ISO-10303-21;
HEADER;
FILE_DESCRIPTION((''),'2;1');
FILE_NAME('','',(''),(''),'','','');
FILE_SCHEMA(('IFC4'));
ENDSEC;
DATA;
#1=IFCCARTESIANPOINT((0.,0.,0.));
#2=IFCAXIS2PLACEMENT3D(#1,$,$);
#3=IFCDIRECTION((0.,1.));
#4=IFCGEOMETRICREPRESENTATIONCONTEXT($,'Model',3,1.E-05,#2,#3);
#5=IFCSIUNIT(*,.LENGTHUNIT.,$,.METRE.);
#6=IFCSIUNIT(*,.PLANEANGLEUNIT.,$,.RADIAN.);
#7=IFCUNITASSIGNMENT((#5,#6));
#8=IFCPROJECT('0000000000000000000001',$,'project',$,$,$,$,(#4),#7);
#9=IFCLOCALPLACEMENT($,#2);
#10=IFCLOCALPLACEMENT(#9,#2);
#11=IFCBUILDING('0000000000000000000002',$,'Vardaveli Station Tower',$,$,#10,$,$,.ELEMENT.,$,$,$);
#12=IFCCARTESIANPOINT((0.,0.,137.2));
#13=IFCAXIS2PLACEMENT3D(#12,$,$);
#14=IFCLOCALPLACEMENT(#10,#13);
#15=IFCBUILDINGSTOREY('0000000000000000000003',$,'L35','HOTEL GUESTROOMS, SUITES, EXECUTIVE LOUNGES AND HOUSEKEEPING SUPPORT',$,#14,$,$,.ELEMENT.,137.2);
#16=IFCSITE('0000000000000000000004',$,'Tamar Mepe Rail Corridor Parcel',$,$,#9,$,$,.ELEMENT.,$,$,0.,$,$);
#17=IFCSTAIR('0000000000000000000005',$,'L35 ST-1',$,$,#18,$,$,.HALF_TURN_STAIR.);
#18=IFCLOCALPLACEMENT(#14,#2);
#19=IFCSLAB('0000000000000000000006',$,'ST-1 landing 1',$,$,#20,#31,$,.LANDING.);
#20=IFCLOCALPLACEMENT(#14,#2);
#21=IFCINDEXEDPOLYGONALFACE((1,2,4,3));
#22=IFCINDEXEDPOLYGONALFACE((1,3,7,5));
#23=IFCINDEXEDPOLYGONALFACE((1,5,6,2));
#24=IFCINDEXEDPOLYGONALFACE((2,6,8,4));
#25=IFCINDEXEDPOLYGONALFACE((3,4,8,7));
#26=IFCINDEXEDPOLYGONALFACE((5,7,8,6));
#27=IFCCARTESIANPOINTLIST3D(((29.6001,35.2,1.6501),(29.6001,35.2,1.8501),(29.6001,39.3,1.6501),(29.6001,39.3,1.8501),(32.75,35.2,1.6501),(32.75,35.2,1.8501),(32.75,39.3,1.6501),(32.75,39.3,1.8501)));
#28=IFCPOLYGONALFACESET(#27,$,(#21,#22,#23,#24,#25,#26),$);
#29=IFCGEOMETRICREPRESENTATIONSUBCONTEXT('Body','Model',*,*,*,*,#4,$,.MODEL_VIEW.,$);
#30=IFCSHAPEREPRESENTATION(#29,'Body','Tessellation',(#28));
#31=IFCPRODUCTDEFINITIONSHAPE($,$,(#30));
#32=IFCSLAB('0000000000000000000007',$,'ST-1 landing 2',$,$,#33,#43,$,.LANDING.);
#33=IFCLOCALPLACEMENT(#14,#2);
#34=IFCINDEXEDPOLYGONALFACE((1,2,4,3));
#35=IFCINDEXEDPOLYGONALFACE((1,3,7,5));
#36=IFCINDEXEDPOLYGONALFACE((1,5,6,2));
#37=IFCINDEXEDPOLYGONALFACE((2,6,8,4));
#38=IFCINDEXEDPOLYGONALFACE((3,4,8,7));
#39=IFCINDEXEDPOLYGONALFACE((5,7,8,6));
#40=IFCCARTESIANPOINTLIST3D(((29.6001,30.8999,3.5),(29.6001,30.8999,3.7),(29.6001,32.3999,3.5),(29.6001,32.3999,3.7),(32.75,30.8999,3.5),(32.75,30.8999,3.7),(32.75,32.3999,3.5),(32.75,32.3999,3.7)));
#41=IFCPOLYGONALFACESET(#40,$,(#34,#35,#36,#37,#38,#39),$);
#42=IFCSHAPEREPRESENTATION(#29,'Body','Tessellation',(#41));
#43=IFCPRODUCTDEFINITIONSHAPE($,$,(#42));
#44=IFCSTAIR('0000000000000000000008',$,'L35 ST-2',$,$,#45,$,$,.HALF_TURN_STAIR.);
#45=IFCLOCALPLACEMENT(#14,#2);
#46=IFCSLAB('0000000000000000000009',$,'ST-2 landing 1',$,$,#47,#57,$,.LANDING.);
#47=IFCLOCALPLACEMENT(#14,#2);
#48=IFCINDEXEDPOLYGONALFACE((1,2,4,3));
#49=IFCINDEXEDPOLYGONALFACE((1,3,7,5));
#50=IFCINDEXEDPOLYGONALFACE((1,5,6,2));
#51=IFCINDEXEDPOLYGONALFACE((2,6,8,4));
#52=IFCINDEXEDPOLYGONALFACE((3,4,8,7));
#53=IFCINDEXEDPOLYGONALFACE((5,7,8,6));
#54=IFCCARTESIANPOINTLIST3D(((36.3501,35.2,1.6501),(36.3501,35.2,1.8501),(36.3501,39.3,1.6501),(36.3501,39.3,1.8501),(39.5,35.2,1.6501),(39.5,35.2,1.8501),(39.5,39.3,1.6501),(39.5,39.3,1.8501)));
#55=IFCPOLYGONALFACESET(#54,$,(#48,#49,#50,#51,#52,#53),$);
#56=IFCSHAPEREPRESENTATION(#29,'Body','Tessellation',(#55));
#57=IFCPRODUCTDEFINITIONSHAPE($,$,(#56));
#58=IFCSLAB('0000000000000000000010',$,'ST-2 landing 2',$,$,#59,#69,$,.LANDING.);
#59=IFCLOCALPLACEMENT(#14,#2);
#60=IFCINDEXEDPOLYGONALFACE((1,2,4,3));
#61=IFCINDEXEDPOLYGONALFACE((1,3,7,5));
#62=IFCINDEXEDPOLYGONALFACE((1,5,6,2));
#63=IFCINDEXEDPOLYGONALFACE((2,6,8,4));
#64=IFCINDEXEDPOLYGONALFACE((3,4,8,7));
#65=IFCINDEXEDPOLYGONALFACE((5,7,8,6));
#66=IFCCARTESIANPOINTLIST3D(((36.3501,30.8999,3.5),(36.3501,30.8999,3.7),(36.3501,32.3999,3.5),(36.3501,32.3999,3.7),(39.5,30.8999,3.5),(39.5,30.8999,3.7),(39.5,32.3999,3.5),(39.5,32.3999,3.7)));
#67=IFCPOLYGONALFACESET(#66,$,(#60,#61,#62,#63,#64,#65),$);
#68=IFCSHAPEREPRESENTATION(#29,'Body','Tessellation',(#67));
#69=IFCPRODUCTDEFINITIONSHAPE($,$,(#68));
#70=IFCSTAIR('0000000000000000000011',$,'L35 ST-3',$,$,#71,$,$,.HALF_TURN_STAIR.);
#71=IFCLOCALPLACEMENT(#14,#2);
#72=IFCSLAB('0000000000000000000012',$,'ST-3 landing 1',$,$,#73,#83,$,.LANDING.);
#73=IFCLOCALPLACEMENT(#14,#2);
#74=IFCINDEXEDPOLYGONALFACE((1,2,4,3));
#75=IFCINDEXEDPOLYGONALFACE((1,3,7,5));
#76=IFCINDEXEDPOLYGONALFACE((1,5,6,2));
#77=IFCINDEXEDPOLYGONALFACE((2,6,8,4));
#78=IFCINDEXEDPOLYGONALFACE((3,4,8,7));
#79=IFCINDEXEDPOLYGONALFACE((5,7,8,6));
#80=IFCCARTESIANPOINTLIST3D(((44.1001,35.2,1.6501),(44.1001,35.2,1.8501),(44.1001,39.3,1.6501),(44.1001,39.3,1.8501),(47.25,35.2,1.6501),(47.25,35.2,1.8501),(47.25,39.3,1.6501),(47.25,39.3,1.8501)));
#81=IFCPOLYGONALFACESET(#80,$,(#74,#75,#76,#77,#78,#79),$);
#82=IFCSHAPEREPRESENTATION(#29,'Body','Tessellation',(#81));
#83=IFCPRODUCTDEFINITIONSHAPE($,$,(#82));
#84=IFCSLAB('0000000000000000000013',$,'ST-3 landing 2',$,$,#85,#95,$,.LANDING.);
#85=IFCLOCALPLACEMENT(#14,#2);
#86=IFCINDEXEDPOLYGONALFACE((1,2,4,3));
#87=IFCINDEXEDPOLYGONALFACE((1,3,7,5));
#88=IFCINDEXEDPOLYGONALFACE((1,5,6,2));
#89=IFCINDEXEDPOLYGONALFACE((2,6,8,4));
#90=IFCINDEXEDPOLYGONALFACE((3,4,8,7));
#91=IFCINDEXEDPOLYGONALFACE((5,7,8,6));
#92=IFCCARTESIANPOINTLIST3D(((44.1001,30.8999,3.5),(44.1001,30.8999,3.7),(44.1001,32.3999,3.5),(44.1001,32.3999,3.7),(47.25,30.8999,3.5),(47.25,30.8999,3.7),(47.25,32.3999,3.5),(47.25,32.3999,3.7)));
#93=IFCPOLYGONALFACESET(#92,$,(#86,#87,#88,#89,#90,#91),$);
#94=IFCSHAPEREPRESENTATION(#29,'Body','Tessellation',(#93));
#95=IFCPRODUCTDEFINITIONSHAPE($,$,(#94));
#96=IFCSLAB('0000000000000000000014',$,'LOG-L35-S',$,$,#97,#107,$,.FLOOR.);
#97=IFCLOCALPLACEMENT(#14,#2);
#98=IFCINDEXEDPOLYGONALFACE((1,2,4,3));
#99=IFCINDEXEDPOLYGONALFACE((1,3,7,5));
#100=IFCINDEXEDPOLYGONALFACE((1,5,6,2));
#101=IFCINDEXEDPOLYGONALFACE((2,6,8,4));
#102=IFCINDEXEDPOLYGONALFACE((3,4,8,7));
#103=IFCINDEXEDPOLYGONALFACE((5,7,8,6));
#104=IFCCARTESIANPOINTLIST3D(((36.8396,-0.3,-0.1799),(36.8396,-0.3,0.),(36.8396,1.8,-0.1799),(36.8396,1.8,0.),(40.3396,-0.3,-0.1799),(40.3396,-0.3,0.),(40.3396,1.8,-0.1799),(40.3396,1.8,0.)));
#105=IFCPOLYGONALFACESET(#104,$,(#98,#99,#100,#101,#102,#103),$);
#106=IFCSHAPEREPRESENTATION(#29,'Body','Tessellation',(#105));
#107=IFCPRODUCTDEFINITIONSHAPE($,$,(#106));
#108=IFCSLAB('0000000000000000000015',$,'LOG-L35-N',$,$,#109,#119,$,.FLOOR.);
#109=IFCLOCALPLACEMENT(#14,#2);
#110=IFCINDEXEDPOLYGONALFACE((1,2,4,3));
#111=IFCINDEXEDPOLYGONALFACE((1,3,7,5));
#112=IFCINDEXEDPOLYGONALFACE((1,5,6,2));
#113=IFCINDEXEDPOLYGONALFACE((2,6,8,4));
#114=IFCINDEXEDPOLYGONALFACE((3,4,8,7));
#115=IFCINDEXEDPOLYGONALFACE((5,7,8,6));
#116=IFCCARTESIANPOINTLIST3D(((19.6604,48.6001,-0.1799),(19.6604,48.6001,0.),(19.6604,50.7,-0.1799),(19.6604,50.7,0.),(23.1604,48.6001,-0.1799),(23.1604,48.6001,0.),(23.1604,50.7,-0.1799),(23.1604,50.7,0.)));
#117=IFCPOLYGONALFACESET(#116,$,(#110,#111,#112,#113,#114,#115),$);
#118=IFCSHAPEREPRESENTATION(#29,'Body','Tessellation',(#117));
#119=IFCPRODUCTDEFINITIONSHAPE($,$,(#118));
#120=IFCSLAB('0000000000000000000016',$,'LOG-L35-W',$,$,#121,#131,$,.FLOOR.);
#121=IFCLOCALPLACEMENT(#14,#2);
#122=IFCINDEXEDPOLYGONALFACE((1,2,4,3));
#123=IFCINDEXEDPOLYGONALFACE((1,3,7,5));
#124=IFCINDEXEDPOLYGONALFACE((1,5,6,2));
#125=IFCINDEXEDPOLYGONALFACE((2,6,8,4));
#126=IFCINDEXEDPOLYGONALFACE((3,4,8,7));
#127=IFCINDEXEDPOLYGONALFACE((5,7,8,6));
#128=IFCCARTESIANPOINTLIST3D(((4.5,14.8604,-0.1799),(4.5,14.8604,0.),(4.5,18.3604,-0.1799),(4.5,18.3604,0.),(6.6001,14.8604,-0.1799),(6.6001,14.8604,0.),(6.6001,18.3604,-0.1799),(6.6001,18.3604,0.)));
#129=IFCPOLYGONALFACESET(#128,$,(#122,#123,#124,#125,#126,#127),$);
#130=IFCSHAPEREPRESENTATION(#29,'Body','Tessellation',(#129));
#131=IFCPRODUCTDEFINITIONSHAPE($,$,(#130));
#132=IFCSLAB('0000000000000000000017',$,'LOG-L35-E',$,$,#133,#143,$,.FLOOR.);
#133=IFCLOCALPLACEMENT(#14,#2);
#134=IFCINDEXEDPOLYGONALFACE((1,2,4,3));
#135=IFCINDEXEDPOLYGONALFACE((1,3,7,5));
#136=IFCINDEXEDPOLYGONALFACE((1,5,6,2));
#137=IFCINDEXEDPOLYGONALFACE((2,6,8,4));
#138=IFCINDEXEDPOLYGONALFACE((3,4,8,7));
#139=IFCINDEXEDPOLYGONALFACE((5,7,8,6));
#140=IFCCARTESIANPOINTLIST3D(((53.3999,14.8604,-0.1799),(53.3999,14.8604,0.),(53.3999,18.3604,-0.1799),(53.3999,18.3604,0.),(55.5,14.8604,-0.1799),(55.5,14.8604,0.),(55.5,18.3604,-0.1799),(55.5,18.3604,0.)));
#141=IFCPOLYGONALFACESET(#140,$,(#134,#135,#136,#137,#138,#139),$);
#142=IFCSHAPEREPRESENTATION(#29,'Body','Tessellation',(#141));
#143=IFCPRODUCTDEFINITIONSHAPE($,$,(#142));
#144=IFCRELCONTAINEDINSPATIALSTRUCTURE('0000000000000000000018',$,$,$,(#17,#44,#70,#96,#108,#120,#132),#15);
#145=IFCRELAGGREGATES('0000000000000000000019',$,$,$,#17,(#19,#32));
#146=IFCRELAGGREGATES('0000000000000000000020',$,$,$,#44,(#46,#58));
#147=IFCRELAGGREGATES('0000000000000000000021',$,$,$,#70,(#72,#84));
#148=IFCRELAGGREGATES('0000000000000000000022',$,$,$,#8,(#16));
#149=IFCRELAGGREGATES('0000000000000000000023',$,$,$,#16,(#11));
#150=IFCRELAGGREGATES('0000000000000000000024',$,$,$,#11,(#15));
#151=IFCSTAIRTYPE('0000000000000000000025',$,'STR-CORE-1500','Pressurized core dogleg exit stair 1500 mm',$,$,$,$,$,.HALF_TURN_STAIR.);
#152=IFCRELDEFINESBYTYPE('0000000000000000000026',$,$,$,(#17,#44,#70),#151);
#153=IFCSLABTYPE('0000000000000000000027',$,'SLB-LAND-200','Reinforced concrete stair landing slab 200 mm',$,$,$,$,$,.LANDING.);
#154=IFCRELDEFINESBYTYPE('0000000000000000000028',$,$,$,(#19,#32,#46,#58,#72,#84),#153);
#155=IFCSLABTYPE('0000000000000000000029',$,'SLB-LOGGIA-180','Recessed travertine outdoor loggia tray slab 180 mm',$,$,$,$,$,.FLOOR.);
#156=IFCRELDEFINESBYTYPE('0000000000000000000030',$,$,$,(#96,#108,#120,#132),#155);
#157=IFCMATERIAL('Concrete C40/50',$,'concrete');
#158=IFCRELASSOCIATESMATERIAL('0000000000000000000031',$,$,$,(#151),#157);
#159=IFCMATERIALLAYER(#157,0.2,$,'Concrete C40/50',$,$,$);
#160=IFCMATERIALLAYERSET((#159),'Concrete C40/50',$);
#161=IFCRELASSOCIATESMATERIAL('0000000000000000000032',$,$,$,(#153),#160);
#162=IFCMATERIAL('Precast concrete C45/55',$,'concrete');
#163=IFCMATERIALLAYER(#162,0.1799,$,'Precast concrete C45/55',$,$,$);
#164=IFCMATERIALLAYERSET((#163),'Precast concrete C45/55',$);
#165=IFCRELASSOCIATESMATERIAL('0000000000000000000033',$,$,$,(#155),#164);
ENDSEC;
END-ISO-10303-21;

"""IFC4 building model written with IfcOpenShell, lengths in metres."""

from ifc_helpers import new_model, si_unit, direction, frame, origin, place, context, subcontext, project, spatial, polyline, outline, extrude, material, layer, layer_set, type_object, element, aggregate, save


model = new_model("IFC4")

# Units and contexts
model_context = context("Model", 3, precision=1e-05, world=origin(), true_north=direction((0.0, 1.0)))
body_context = subcontext(model_context, "Body", "Model", "MODEL_VIEW")
ifc_project = project(units=[si_unit("LENGTHUNIT", "METRE"), si_unit("PLANEANGLEUNIT", "RADIAN")], contexts=[model_context])

# Site, building, storey
site_placement = place(None, origin())
site = spatial("IfcSite", under=ifc_project, at=site_placement, Name="Tamar Mepe Rail Corridor Parcel", CompositionType="ELEMENT", RefElevation=0.0)
building_placement = place(site_placement, origin())
building = spatial("IfcBuilding", under=site, at=building_placement, Name="Vardaveli Station Tower", CompositionType="ELEMENT")
storey_placement = place(building_placement, frame((0.0, 0.0, 137.2)))
storey = spatial("IfcBuildingStorey", under=building, at=storey_placement, Name="L35", Description="HOTEL GUESTROOMS, SUITES, EXECUTIVE LOUNGES AND HOUSEKEEPING SUPPORT", CompositionType="ELEMENT", Elevation=137.2)

# Stairs, slabs
ifc_material_1 = material(Name="Concrete C40/50", Category="concrete")
stair_type = type_object("IfcStairType", Name="STR-CORE-1500", Description="Pressurized core dogleg exit stair 1500 mm", PredefinedType="HALF_TURN_STAIR", material=ifc_material_1)
stair_1_placement = place(storey_placement, origin())
stair_1 = element("IfcStair", 1, at=stair_1_placement, inside=storey, type_object=stair_type, Name="L35 ST-1", PredefinedType="HALF_TURN_STAIR")
ifc_layer_1 = layer(ifc_material_1, 0.2, Name="Concrete C40/50")
ifc_layer_set_1 = layer_set([ifc_layer_1], Name="Concrete C40/50")
slab_type_1 = type_object("IfcSlabType", Name="SLB-LAND-200", Description="Reinforced concrete stair landing slab 200 mm", PredefinedType="LANDING", material=ifc_layer_set_1)
slab_1_placement = place(storey_placement, frame((0.0, 0.0, 1.6501)))
slab_1 = element("IfcSlab", 2, at=slab_1_placement, type_object=slab_type_1, Name="ST-1 landing 1", PredefinedType="LANDING", context=body_context, shape_type="SweptSolid", body=[
    extrude(outline(polyline([(32.75, 35.2), (32.75, 39.3), (29.6001, 39.3), (29.6001, 35.2), (32.75, 35.2)])), origin(), (0.0, 0.0, 1.0), 0.2),
])
slab_2_placement = place(storey_placement, frame((0.0, 0.0, 3.5)))
slab_2 = element("IfcSlab", 3, at=slab_2_placement, type_object=slab_type_1, Name="ST-1 landing 2", PredefinedType="LANDING", context=body_context, shape_type="SweptSolid", body=[
    extrude(outline(polyline([(32.75, 30.8999), (32.75, 32.3999), (29.6001, 32.3999), (29.6001, 30.8999), (32.75, 30.8999)])), origin(), (0.0, 0.0, 1.0), 0.2),
])
aggregate(stair_1, [slab_1, slab_2])
stair_2_placement = place(storey_placement, origin())
stair_2 = element("IfcStair", 4, at=stair_2_placement, inside=storey, type_object=stair_type, Name="L35 ST-2", PredefinedType="HALF_TURN_STAIR")
slab_3_placement = place(storey_placement, frame((0.0, 0.0, 1.6501)))
slab_3 = element("IfcSlab", 5, at=slab_3_placement, type_object=slab_type_1, Name="ST-2 landing 1", PredefinedType="LANDING", context=body_context, shape_type="SweptSolid", body=[
    extrude(outline(polyline([(39.5, 35.2), (39.5, 39.3), (36.3501, 39.3), (36.3501, 35.2), (39.5, 35.2)])), origin(), (0.0, 0.0, 1.0), 0.2),
])
slab_4_placement = place(storey_placement, frame((0.0, 0.0, 3.5)))
slab_4 = element("IfcSlab", 6, at=slab_4_placement, type_object=slab_type_1, Name="ST-2 landing 2", PredefinedType="LANDING", context=body_context, shape_type="SweptSolid", body=[
    extrude(outline(polyline([(39.5, 30.8999), (39.5, 32.3999), (36.3501, 32.3999), (36.3501, 30.8999), (39.5, 30.8999)])), origin(), (0.0, 0.0, 1.0), 0.2),
])
aggregate(stair_2, [slab_3, slab_4])
stair_3_placement = place(storey_placement, origin())
stair_3 = element("IfcStair", 7, at=stair_3_placement, inside=storey, type_object=stair_type, Name="L35 ST-3", PredefinedType="HALF_TURN_STAIR")
slab_5_placement = place(storey_placement, frame((0.0, 0.0, 1.6501)))
slab_5 = element("IfcSlab", 8, at=slab_5_placement, type_object=slab_type_1, Name="ST-3 landing 1", PredefinedType="LANDING", context=body_context, shape_type="SweptSolid", body=[
    extrude(outline(polyline([(47.25, 35.2), (47.25, 39.3), (44.1001, 39.3), (44.1001, 35.2), (47.25, 35.2)])), origin(), (0.0, 0.0, 1.0), 0.2),
])
slab_6_placement = place(storey_placement, frame((0.0, 0.0, 3.5)))
slab_6 = element("IfcSlab", 9, at=slab_6_placement, type_object=slab_type_1, Name="ST-3 landing 2", PredefinedType="LANDING", context=body_context, shape_type="SweptSolid", body=[
    extrude(outline(polyline([(47.25, 30.8999), (47.25, 32.3999), (44.1001, 32.3999), (44.1001, 30.8999), (47.25, 30.8999)])), origin(), (0.0, 0.0, 1.0), 0.2),
])
aggregate(stair_3, [slab_5, slab_6])

# Slabs
ifc_material_2 = material(Name="Precast concrete C45/55", Category="concrete")
ifc_layer_2 = layer(ifc_material_2, 0.1799, Name="Precast concrete C45/55")
ifc_layer_set_2 = layer_set([ifc_layer_2], Name="Precast concrete C45/55")
slab_type_2 = type_object("IfcSlabType", Name="SLB-LOGGIA-180", Description="Recessed travertine outdoor loggia tray slab 180 mm", PredefinedType="FLOOR", material=ifc_layer_set_2)
slab_7_placement = place(storey_placement, frame((0.0, 0.0, -0.1799)))
element("IfcSlab", 10, at=slab_7_placement, inside=storey, type_object=slab_type_2, Name="LOG-L35-S", PredefinedType="FLOOR", context=body_context, shape_type="SweptSolid", body=[
    extrude(outline(polyline([(36.8396, -0.3), (40.3396, -0.3), (40.3396, 1.8), (36.8396, 1.8), (36.8396, -0.3)])), origin(), (0.0, 0.0, 1.0), 0.1799),
])
slab_8_placement = place(storey_placement, frame((0.0, 0.0, -0.1799)))
element("IfcSlab", 11, at=slab_8_placement, inside=storey, type_object=slab_type_2, Name="LOG-L35-N", PredefinedType="FLOOR", context=body_context, shape_type="SweptSolid", body=[
    extrude(outline(polyline([(19.6604, 48.6001), (23.1604, 48.6001), (23.1604, 50.7), (19.6604, 50.7), (19.6604, 48.6001)])), origin(), (0.0, 0.0, 1.0), 0.1799),
])
slab_9_placement = place(storey_placement, frame((0.0, 0.0, -0.1799)))
element("IfcSlab", 12, at=slab_9_placement, inside=storey, type_object=slab_type_2, Name="LOG-L35-W", PredefinedType="FLOOR", context=body_context, shape_type="SweptSolid", body=[
    extrude(outline(polyline([(4.5, 14.8604), (6.6001, 14.8604), (6.6001, 18.3604), (4.5, 18.3604), (4.5, 14.8604)])), origin(), (0.0, 0.0, 1.0), 0.1799),
])
slab_10_placement = place(storey_placement, frame((0.0, 0.0, -0.1799)))
element("IfcSlab", 13, at=slab_10_placement, inside=storey, type_object=slab_type_2, Name="LOG-L35-E", PredefinedType="FLOOR", context=body_context, shape_type="SweptSolid", body=[
    extrude(outline(polyline([(53.3999, 14.8604), (55.5, 14.8604), (55.5, 18.3604), (53.3999, 18.3604), (53.3999, 14.8604)])), origin(), (0.0, 0.0, 1.0), 0.1799),
])

save(model, "model.ifc")
